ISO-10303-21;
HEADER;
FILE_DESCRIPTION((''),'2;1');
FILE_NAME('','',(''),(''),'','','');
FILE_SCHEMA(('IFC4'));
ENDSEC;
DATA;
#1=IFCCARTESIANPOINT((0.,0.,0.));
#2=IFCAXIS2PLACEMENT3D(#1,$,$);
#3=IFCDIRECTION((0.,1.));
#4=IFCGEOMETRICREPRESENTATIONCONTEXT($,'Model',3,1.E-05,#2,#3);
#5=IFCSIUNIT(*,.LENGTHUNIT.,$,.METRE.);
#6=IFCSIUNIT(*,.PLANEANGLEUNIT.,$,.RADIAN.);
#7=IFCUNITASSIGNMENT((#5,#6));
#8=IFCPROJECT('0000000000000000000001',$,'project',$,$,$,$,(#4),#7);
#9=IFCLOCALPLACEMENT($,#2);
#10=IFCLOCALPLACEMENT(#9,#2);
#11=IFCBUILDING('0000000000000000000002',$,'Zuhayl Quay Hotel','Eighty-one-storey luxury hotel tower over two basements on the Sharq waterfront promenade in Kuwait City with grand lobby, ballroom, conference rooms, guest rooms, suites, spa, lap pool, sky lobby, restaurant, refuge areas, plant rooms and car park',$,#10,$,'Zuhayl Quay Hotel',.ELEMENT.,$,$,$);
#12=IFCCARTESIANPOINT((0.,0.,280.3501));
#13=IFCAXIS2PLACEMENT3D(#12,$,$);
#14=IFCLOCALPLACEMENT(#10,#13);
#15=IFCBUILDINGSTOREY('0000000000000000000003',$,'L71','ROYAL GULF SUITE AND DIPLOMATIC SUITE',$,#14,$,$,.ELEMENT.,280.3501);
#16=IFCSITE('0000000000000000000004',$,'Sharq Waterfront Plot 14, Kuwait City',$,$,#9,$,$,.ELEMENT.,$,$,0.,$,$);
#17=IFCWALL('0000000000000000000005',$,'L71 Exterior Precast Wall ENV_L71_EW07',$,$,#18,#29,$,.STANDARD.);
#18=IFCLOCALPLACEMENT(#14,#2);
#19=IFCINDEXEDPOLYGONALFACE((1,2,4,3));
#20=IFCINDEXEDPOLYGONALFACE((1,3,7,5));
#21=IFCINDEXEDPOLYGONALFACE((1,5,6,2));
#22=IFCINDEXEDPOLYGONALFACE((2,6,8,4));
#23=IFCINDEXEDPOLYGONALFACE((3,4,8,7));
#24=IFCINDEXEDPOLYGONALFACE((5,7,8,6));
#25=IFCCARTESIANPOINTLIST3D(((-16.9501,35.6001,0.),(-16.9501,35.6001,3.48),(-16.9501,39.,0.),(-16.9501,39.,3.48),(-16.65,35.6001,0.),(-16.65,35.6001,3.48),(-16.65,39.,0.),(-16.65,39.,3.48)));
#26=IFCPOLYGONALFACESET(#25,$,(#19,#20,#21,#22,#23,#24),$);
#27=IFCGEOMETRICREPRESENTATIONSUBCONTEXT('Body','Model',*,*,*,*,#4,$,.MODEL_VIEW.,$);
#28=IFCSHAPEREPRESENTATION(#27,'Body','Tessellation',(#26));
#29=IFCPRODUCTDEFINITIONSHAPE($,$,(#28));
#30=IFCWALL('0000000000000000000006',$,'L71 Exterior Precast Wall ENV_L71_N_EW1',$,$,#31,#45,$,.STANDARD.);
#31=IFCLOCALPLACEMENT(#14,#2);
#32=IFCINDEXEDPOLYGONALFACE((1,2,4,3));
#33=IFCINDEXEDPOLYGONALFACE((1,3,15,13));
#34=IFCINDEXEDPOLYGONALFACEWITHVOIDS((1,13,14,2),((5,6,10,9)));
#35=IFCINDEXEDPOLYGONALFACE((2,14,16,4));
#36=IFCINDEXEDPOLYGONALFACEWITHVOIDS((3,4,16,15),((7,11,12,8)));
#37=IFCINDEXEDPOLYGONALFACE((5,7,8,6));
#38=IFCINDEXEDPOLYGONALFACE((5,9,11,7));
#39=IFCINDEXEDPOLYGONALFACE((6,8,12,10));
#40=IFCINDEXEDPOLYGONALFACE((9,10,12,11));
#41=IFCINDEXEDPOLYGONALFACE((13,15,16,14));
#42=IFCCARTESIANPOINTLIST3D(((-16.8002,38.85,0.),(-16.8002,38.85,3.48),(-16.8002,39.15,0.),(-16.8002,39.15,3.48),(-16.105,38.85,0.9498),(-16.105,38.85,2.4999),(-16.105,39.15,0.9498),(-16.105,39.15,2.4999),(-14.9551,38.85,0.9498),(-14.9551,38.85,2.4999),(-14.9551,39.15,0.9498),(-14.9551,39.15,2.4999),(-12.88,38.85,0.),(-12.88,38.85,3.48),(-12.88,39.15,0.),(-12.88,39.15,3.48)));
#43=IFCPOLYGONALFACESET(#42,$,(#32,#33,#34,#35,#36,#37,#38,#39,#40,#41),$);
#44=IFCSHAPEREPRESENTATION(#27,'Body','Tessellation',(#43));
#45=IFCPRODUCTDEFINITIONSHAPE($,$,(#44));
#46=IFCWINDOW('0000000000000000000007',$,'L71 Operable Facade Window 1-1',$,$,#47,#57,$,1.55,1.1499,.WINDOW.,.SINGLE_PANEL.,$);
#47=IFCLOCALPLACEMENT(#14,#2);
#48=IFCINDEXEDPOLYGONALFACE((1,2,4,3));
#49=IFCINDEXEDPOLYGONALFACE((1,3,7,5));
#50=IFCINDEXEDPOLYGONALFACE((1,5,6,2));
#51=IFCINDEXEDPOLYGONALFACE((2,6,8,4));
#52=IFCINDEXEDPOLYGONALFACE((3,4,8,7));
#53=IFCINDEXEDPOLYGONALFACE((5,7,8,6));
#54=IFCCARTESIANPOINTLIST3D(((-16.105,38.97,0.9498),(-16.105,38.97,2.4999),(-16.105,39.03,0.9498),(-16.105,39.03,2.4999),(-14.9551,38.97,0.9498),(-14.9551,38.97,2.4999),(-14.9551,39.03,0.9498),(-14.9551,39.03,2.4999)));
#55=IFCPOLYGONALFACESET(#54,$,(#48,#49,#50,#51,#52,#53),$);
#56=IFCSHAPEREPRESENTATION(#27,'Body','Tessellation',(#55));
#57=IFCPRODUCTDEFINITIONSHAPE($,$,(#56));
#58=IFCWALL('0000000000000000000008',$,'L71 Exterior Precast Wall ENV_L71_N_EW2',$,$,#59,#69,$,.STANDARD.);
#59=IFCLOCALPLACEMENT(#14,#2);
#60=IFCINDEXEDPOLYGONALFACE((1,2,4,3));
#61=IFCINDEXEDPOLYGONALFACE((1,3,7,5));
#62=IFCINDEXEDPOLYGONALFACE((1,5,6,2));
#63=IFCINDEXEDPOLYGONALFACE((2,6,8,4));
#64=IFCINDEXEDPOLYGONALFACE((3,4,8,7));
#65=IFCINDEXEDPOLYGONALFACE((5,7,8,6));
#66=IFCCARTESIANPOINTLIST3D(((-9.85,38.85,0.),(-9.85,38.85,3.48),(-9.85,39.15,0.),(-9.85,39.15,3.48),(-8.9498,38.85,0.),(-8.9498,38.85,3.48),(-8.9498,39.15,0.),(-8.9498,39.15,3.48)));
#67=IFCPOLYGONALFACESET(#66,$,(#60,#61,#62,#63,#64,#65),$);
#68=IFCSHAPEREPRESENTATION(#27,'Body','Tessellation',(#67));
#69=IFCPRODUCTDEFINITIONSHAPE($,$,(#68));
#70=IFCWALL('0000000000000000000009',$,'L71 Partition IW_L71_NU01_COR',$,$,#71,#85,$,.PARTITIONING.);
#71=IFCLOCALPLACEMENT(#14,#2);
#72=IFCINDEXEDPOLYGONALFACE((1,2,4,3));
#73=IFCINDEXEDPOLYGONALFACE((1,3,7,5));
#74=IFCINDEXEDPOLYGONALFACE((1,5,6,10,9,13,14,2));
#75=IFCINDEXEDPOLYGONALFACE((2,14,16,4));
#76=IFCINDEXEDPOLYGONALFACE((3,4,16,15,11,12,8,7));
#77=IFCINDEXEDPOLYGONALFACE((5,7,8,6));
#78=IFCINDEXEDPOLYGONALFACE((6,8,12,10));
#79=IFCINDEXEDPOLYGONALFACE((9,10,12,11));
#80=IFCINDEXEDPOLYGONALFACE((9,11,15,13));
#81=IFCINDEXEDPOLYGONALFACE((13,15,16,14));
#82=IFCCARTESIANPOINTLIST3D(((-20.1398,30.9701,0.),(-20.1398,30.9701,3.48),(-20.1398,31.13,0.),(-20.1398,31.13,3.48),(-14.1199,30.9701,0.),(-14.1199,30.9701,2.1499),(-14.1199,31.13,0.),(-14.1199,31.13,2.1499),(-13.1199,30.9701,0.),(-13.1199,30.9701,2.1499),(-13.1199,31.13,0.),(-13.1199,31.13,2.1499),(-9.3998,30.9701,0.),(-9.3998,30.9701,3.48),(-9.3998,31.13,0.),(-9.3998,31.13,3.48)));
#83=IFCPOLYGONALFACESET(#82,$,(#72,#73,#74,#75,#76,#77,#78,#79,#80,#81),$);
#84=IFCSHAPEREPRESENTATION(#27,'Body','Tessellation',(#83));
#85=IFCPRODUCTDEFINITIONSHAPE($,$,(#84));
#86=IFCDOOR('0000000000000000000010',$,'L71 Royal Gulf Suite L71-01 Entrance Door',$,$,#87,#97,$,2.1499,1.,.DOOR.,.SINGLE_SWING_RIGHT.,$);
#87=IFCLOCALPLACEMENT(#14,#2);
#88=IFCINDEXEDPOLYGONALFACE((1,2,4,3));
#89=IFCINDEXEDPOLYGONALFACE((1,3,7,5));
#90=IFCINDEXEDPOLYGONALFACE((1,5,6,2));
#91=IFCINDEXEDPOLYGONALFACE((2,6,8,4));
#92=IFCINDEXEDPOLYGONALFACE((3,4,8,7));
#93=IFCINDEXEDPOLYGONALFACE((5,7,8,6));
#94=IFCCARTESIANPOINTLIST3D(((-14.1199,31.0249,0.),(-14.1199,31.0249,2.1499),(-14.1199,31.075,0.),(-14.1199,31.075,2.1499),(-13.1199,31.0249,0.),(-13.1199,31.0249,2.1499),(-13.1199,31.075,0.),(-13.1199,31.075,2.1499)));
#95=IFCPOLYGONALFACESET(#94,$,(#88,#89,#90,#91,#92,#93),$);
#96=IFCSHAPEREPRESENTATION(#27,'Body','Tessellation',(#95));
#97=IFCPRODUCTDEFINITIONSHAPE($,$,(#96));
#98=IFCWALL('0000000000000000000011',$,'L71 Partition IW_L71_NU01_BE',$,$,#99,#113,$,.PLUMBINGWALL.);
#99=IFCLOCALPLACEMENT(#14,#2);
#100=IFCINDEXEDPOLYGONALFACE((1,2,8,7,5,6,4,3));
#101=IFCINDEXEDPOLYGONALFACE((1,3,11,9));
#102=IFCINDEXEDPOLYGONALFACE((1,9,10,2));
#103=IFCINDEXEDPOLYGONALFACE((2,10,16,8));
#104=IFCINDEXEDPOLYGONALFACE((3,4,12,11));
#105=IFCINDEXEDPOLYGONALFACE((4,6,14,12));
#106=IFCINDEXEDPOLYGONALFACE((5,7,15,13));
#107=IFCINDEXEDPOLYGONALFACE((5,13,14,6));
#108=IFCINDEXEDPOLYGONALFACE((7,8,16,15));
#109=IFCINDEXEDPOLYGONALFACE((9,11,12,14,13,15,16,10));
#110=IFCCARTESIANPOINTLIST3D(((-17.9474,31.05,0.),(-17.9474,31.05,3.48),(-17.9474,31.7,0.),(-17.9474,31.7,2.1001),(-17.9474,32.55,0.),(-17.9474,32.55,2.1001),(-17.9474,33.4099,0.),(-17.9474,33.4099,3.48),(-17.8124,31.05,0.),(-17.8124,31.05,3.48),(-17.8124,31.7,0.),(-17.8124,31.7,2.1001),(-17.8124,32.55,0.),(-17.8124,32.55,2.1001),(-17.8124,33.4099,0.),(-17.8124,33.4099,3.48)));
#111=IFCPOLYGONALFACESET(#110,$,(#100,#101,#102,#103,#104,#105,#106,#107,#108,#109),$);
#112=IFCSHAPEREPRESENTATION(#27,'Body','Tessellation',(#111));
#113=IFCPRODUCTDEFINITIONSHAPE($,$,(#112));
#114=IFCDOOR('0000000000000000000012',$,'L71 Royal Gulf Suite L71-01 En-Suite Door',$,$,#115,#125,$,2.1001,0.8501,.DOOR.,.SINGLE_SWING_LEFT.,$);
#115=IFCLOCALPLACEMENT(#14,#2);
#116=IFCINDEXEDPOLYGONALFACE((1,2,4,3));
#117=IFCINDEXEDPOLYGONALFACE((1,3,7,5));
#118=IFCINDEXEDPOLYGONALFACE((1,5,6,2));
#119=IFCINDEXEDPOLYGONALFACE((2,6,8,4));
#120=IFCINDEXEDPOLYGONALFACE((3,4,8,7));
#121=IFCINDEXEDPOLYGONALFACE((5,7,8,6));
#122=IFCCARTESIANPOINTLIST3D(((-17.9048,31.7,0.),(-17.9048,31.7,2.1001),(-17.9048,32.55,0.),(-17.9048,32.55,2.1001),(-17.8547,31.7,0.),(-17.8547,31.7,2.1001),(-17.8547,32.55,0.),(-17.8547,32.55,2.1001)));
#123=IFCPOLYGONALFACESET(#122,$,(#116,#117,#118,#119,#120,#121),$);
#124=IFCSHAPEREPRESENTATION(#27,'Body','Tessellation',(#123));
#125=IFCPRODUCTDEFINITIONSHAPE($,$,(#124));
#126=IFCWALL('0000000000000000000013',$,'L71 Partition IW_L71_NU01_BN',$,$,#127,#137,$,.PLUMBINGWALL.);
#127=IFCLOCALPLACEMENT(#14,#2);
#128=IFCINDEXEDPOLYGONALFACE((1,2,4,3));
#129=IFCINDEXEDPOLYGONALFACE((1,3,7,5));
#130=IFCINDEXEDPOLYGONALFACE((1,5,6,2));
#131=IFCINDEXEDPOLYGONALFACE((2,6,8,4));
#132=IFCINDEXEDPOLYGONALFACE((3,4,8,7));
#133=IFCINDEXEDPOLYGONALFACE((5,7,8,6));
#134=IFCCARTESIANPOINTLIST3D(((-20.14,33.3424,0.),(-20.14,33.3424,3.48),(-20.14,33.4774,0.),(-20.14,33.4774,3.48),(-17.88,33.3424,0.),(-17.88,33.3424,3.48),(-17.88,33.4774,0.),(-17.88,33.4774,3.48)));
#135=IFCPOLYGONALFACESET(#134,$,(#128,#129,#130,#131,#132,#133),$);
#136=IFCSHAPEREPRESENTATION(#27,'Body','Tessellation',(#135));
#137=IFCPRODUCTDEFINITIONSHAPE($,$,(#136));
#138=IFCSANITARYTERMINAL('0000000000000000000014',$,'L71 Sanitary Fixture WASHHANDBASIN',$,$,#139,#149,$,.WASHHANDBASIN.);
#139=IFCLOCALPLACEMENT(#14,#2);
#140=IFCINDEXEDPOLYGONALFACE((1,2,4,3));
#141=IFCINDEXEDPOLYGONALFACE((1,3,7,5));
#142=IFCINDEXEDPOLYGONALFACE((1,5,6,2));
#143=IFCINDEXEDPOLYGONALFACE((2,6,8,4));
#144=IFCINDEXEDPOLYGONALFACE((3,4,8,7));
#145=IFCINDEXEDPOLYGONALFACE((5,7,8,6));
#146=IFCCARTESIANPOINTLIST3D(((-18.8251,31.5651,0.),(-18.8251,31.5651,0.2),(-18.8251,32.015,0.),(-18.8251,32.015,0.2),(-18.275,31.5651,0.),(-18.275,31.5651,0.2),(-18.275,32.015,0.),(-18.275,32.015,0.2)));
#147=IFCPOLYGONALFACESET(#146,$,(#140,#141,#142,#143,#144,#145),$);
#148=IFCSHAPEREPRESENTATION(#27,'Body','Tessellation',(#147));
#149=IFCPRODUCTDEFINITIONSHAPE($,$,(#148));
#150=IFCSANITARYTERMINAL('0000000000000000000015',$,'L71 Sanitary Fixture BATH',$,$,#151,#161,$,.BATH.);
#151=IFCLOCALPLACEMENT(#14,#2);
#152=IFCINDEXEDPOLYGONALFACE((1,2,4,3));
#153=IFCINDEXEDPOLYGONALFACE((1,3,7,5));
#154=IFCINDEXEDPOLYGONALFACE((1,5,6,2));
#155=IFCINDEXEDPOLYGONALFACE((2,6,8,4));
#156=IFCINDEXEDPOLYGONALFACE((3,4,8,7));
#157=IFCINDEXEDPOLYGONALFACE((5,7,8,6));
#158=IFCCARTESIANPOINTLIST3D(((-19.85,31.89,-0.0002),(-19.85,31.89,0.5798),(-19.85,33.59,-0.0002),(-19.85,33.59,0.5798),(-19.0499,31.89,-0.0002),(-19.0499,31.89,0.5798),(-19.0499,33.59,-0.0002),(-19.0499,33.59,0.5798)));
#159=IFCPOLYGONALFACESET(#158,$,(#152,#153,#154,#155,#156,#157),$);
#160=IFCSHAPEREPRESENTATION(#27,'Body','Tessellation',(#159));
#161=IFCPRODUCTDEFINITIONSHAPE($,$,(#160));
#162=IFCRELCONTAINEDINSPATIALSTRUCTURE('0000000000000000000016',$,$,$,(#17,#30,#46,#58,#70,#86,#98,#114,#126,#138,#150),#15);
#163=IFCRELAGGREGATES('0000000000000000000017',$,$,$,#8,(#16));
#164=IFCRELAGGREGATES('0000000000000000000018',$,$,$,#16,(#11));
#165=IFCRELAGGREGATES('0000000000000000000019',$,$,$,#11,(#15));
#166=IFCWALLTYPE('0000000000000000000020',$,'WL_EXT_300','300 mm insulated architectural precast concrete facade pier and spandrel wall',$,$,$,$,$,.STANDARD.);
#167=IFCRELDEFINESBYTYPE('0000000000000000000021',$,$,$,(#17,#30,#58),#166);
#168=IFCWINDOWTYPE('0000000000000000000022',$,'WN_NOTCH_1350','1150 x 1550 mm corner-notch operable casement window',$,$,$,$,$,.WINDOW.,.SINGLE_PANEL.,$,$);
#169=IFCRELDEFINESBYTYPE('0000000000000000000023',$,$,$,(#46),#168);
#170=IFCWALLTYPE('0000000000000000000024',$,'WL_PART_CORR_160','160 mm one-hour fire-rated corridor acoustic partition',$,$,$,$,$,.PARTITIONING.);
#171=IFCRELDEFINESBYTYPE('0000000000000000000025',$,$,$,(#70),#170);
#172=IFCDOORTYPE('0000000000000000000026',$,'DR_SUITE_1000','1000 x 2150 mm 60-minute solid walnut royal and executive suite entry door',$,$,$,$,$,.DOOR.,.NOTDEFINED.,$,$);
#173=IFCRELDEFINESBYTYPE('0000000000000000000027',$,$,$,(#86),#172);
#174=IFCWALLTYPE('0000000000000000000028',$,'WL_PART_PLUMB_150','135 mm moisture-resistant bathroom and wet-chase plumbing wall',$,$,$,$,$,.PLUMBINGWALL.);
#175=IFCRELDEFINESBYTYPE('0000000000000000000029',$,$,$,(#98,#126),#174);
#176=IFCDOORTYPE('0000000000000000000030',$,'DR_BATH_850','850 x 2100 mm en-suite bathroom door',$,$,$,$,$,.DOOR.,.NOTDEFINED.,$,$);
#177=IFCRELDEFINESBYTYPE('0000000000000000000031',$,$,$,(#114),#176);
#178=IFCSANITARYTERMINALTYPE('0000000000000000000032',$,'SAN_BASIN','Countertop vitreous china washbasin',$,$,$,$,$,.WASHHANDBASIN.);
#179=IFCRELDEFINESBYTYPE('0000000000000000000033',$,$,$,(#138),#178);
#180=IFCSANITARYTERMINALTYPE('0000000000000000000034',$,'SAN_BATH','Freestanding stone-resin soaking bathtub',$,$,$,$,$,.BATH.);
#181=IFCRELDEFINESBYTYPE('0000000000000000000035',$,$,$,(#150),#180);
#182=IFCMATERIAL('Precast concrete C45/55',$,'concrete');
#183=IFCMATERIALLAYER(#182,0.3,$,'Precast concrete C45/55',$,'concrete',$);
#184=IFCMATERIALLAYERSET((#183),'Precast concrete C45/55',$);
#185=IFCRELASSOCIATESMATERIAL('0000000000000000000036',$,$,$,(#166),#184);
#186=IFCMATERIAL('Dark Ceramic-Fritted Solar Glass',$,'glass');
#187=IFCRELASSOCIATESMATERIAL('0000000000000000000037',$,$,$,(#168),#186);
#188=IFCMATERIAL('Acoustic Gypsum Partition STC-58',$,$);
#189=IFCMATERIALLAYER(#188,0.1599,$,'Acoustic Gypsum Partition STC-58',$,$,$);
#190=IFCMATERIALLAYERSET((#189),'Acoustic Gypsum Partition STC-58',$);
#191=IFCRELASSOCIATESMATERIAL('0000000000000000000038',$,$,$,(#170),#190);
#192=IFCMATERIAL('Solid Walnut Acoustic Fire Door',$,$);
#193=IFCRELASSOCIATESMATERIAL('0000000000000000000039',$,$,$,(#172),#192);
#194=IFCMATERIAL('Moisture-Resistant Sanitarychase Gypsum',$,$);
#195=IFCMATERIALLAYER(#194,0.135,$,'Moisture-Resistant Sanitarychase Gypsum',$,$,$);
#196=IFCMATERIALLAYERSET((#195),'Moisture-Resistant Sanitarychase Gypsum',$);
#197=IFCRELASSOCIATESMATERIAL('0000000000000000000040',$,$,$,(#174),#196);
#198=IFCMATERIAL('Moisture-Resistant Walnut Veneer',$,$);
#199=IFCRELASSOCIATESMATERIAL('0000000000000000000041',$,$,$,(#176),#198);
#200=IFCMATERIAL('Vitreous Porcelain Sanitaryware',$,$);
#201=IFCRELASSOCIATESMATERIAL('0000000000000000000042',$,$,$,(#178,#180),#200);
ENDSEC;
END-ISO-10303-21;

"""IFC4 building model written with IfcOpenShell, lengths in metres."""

from ifc_helpers import new_model, si_unit, direction, frame, frame_2d, origin, origin_2d, place, context, subcontext, project, spatial, rectangle, extrude, material, layer, layer_set, type_object, element, fill, save


model = new_model("IFC4")

# Units and contexts
model_context = context("Model", 3, precision=1e-05, world=origin(), true_north=direction((0.0, 1.0)))
body_context = subcontext(model_context, "Body", "Model", "MODEL_VIEW")
ifc_project = project(units=[si_unit("LENGTHUNIT", "METRE"), si_unit("PLANEANGLEUNIT", "RADIAN")], contexts=[model_context])

# Site, building, storey
site_placement = place(None, origin())
site = spatial("IfcSite", under=ifc_project, at=site_placement, Name="Sharq Waterfront Plot 14, Kuwait City", CompositionType="ELEMENT", RefElevation=0.0)
building_placement = place(site_placement, origin())
building = spatial("IfcBuilding", under=site, at=building_placement, Name="Zuhayl Quay Hotel", Description="Eighty-one-storey luxury hotel tower over two basements on the Sharq waterfront promenade in Kuwait City with grand lobby, ballroom, conference rooms, guest rooms, suites, spa, lap pool, sky lobby, restaurant, refuge areas, plant rooms and car park", LongName="Zuhayl Quay Hotel", CompositionType="ELEMENT")
storey_placement = place(building_placement, frame((0.0, 0.0, 280.3501)))
storey = spatial("IfcBuildingStorey", under=building, at=storey_placement, Name="L71", Description="ROYAL GULF SUITE AND DIPLOMATIC SUITE", CompositionType="ELEMENT", Elevation=280.3501)

# Shared definitions
ifc_material_1 = material(Name="Dark Ceramic-Fritted Solar Glass", Category="glass")

# Wall
ifc_material_2 = material(Name="Precast concrete C45/55", Category="concrete")
ifc_layer_1 = layer(ifc_material_2, 0.3, Name="Precast concrete C45/55", Category="concrete")
ifc_layer_set_1 = layer_set([ifc_layer_1], Name="Precast concrete C45/55")
wall_type_1 = type_object("IfcWallType", Name="WL_EXT_300", Description="300 mm insulated architectural precast concrete facade pier and spandrel wall", PredefinedType="STANDARD", material=ifc_layer_set_1)
for number, where, z_axis, x_axis, name in (
    (1, (-16.8, 35.6001, 0.0), (0.0, 0.0, 1.0), (0.0, 1.0, 0.0), "L71 Exterior Precast Wall ENV_L71_EW07"),
):
    element("IfcWall", number, at=place(storey_placement, frame(where, z_axis=z_axis, x_axis=x_axis)), inside=storey, type_object=wall_type_1, Name=name, PredefinedType="STANDARD", context=body_context, shape_type="SweptSolid", body=[
        extrude(rectangle(XDim=3.3999, YDim=0.3, at=frame_2d((1.7, 0.0))), origin(), (0.0, 0.0, 1.0), 3.48),
    ])

# Wall, opening, window
wall_1_placement = place(storey_placement, frame((-16.8, 39.0, 0.0), z_axis=(0.0, 0.0, 1.0), x_axis=(1.0, 0.0, 0.0)))
wall_1 = element("IfcWall", 2, at=wall_1_placement, inside=storey, type_object=wall_type_1, Name="L71 Exterior Precast Wall ENV_L71_N_EW1", PredefinedType="STANDARD", context=body_context, shape_type="SweptSolid", body=[
    extrude(rectangle(XDim=3.9202, YDim=0.3, at=frame_2d((1.96, 0.0))), origin(), (0.0, 0.0, 1.0), 3.48),
])
opening_1_placement = place(wall_1_placement, frame((0.6951, 0.0, 0.95)))
opening_1 = element("IfcOpeningElement", 3, at=opening_1_placement, cuts=wall_1, PredefinedType="OPENING", context=body_context, shape_type="SweptSolid", body=[
    extrude(rectangle(XDim=1.1499, YDim=1.55, at=frame_2d((0.575, 0.7749))), frame((0.0, 0.1599, 0.0), z_axis=(0.0, -1.0, 0.0), x_axis=(1.0, 0.0, 0.0)), (0.0, 0.0, 1.0), 0.3201),
])
window_type = type_object("IfcWindowType", Name="WN_NOTCH_1350", Description="1150 x 1550 mm corner-notch operable casement window", PartitioningType="SINGLE_PANEL", PredefinedType="WINDOW", material=ifc_material_1)
window_placement = place(opening_1_placement, origin())
window = element("IfcWindow", 4, at=window_placement, inside=storey, type_object=window_type, Name="L71 Operable Facade Window 1-1", OverallHeight=1.55, OverallWidth=1.1499, PartitioningType="SINGLE_PANEL", PredefinedType="WINDOW", context=body_context, shape_type="SweptSolid", body=[
    extrude(rectangle(XDim=1.1499, YDim=1.55, at=frame_2d((0.575, 0.7749))), frame((0.0, 0.03, 0.0), z_axis=(0.0, -1.0, 0.0), x_axis=(1.0, 0.0, 0.0)), (0.0, 0.0, 1.0), 0.0601),
])
fill(opening_1, window)

# Wall
wall_2_placement = place(storey_placement, frame((-9.8501, 39.0, 0.0), z_axis=(0.0, 0.0, 1.0), x_axis=(1.0, 0.0, 0.0)))
element("IfcWall", 5, at=wall_2_placement, inside=storey, type_object=wall_type_1, Name="L71 Exterior Precast Wall ENV_L71_N_EW2", PredefinedType="STANDARD", context=body_context, shape_type="SweptSolid", body=[
    extrude(rectangle(XDim=0.9001, YDim=0.3, at=frame_2d((0.4502, 0.0))), origin(), (0.0, 0.0, 1.0), 3.48),
])

# Walls, openings, doors
ifc_material_3 = material(Name="Acoustic Gypsum Partition STC-58")
ifc_layer_2 = layer(ifc_material_3, 0.1599, Name="Acoustic Gypsum Partition STC-58")
ifc_layer_set_2 = layer_set([ifc_layer_2], Name="Acoustic Gypsum Partition STC-58")
wall_type_2 = type_object("IfcWallType", Name="WL_PART_CORR_160", Description="160 mm one-hour fire-rated corridor acoustic partition", PredefinedType="PARTITIONING", material=ifc_layer_set_2)
wall_3_placement = place(storey_placement, frame((-20.1399, 31.05, 0.0), z_axis=(0.0, 0.0, 1.0), x_axis=(1.0, 0.0, 0.0)))
wall_3 = element("IfcWall", 6, at=wall_3_placement, inside=storey, type_object=wall_type_2, Name="L71 Partition IW_L71_NU01_COR", PredefinedType="PARTITIONING", context=body_context, shape_type="SweptSolid", body=[
    extrude(rectangle(XDim=10.74, YDim=0.1599, at=frame_2d((5.3701, 0.0))), origin(), (0.0, 0.0, 1.0), 3.48),
])
opening_2_placement = place(wall_3_placement, frame((6.02, 0.0, 0.0)))
opening_2 = element("IfcOpeningElement", 7, at=opening_2_placement, cuts=wall_3, PredefinedType="OPENING", context=body_context, shape_type="SweptSolid", body=[
    extrude(rectangle(XDim=1.0, YDim=2.1499, at=frame_2d((0.5, 1.075))), frame((0.0, 0.0898, 0.0), z_axis=(0.0, -1.0, 0.0), x_axis=(1.0, 0.0, 0.0)), (0.0, 0.0, 1.0), 0.1799),
])
ifc_material_4 = material(Name="Solid Walnut Acoustic Fire Door")
door_type_1 = type_object("IfcDoorType", Name="DR_SUITE_1000", Description="1000 x 2150 mm 60-minute solid walnut royal and executive suite entry door", OperationType="NOTDEFINED", PredefinedType="DOOR", material=ifc_material_4)
door_1_placement = place(opening_2_placement, origin())
door_1 = element("IfcDoor", 8, at=door_1_placement, inside=storey, type_object=door_type_1, Name="L71 Royal Gulf Suite L71-01 Entrance Door", OperationType="SINGLE_SWING_RIGHT", OverallHeight=2.1499, OverallWidth=1.0, PredefinedType="DOOR", context=body_context, shape_type="SweptSolid", body=[
    extrude(rectangle(XDim=1.0, YDim=2.1499, at=frame_2d((0.5, 1.075))), frame((0.0, 0.0249, 0.0), z_axis=(0.0, -1.0, 0.0), x_axis=(1.0, 0.0, 0.0)), (0.0, 0.0, 1.0), 0.05),
])
fill(opening_2, door_1)
ifc_material_5 = material(Name="Moisture-Resistant Sanitarychase Gypsum")
ifc_layer_3 = layer(ifc_material_5, 0.135, Name="Moisture-Resistant Sanitarychase Gypsum")
ifc_layer_set_3 = layer_set([ifc_layer_3], Name="Moisture-Resistant Sanitarychase Gypsum")
wall_type_3 = type_object("IfcWallType", Name="WL_PART_PLUMB_150", Description="135 mm moisture-resistant bathroom and wet-chase plumbing wall", PredefinedType="PLUMBINGWALL", material=ifc_layer_set_3)
wall_4_placement = place(storey_placement, frame((-17.8799, 31.05, 0.0), z_axis=(0.0, 0.0, 1.0), x_axis=(0.0, 1.0, 0.0)))
wall_4 = element("IfcWall", 9, at=wall_4_placement, inside=storey, type_object=wall_type_3, Name="L71 Partition IW_L71_NU01_BE", PredefinedType="PLUMBINGWALL", context=body_context, shape_type="SweptSolid", body=[
    extrude(rectangle(XDim=2.3599, YDim=0.135, at=frame_2d((1.1799, 0.0))), origin(), (0.0, 0.0, 1.0), 3.48),
])
opening_3_placement = place(wall_4_placement, frame((0.6499, 0.0, 0.0)))
opening_3 = element("IfcOpeningElement", 10, at=opening_3_placement, cuts=wall_4, PredefinedType="OPENING", context=body_context, shape_type="SweptSolid", body=[
    extrude(rectangle(XDim=0.8501, YDim=2.1001, at=frame_2d((0.425, 1.05))), frame((0.0, 0.0774, 0.0), z_axis=(0.0, -1.0, 0.0), x_axis=(1.0, 0.0, 0.0)), (0.0, 0.0, 1.0), 0.155),
])
ifc_material_6 = material(Name="Moisture-Resistant Walnut Veneer")
door_type_2 = type_object("IfcDoorType", Name="DR_BATH_850", Description="850 x 2100 mm en-suite bathroom door", OperationType="NOTDEFINED", PredefinedType="DOOR", material=ifc_material_6)
door_2_placement = place(opening_3_placement, origin())
door_2 = element("IfcDoor", 11, at=door_2_placement, inside=storey, type_object=door_type_2, Name="L71 Royal Gulf Suite L71-01 En-Suite Door", OperationType="SINGLE_SWING_LEFT", OverallHeight=2.1001, OverallWidth=0.8501, PredefinedType="DOOR", context=body_context, shape_type="SweptSolid", body=[
    extrude(rectangle(XDim=0.8501, YDim=2.1001, at=frame_2d((0.425, 1.05))), frame((0.0, 0.0249, 0.0), z_axis=(0.0, -1.0, 0.0), x_axis=(1.0, 0.0, 0.0)), (0.0, 0.0, 1.0), 0.05),
])
fill(opening_3, door_2)

# Wall
wall_5_placement = place(storey_placement, frame((-20.1399, 33.4099, 0.0), z_axis=(0.0, 0.0, 1.0), x_axis=(1.0, 0.0, 0.0)))
element("IfcWall", 12, at=wall_5_placement, inside=storey, type_object=wall_type_3, Name="L71 Partition IW_L71_NU01_BN", PredefinedType="PLUMBINGWALL", context=body_context, shape_type="SweptSolid", body=[
    extrude(rectangle(XDim=2.26, YDim=0.135, at=frame_2d((1.1299, 0.0))), origin(), (0.0, 0.0, 1.0), 3.48),
])

# Sanitary terminals
ifc_material_7 = material(Name="Vitreous Porcelain Sanitaryware")
sanitary_terminal_type_1 = type_object("IfcSanitaryTerminalType", Name="SAN_BASIN", Description="Countertop vitreous china washbasin", PredefinedType="WASHHANDBASIN", material=ifc_material_7)
sanitary_terminal_1_placement = place(storey_placement, frame((-18.55, 31.79, 0.0), z_axis=(0.0, 0.0, 1.0), x_axis=(1.0, 0.0, 0.0)))
element("IfcSanitaryTerminal", 13, at=sanitary_terminal_1_placement, inside=storey, type_object=sanitary_terminal_type_1, Name="L71 Sanitary Fixture WASHHANDBASIN", PredefinedType="WASHHANDBASIN", context=body_context, shape_type="SweptSolid", body=[
    extrude(rectangle(XDim=0.55, YDim=0.45, at=origin_2d()), origin(), (0.0, 0.0, 1.0), 0.2),
])
sanitary_terminal_type_2 = type_object("IfcSanitaryTerminalType", Name="SAN_BATH", Description="Freestanding stone-resin soaking bathtub", PredefinedType="BATH", material=ifc_material_7)
sanitary_terminal_2_placement = place(storey_placement, frame((-19.45, 32.74, -0.0002), z_axis=(0.0, 0.0, 1.0), x_axis=(1.0, 0.0, 0.0)))
element("IfcSanitaryTerminal", 14, at=sanitary_terminal_2_placement, inside=storey, type_object=sanitary_terminal_type_2, Name="L71 Sanitary Fixture BATH", PredefinedType="BATH", context=body_context, shape_type="SweptSolid", body=[
    extrude(rectangle(XDim=0.8, YDim=1.7, at=origin_2d()), origin(), (0.0, 0.0, 1.0), 0.5801),
])

save(model, "model.ifc")
